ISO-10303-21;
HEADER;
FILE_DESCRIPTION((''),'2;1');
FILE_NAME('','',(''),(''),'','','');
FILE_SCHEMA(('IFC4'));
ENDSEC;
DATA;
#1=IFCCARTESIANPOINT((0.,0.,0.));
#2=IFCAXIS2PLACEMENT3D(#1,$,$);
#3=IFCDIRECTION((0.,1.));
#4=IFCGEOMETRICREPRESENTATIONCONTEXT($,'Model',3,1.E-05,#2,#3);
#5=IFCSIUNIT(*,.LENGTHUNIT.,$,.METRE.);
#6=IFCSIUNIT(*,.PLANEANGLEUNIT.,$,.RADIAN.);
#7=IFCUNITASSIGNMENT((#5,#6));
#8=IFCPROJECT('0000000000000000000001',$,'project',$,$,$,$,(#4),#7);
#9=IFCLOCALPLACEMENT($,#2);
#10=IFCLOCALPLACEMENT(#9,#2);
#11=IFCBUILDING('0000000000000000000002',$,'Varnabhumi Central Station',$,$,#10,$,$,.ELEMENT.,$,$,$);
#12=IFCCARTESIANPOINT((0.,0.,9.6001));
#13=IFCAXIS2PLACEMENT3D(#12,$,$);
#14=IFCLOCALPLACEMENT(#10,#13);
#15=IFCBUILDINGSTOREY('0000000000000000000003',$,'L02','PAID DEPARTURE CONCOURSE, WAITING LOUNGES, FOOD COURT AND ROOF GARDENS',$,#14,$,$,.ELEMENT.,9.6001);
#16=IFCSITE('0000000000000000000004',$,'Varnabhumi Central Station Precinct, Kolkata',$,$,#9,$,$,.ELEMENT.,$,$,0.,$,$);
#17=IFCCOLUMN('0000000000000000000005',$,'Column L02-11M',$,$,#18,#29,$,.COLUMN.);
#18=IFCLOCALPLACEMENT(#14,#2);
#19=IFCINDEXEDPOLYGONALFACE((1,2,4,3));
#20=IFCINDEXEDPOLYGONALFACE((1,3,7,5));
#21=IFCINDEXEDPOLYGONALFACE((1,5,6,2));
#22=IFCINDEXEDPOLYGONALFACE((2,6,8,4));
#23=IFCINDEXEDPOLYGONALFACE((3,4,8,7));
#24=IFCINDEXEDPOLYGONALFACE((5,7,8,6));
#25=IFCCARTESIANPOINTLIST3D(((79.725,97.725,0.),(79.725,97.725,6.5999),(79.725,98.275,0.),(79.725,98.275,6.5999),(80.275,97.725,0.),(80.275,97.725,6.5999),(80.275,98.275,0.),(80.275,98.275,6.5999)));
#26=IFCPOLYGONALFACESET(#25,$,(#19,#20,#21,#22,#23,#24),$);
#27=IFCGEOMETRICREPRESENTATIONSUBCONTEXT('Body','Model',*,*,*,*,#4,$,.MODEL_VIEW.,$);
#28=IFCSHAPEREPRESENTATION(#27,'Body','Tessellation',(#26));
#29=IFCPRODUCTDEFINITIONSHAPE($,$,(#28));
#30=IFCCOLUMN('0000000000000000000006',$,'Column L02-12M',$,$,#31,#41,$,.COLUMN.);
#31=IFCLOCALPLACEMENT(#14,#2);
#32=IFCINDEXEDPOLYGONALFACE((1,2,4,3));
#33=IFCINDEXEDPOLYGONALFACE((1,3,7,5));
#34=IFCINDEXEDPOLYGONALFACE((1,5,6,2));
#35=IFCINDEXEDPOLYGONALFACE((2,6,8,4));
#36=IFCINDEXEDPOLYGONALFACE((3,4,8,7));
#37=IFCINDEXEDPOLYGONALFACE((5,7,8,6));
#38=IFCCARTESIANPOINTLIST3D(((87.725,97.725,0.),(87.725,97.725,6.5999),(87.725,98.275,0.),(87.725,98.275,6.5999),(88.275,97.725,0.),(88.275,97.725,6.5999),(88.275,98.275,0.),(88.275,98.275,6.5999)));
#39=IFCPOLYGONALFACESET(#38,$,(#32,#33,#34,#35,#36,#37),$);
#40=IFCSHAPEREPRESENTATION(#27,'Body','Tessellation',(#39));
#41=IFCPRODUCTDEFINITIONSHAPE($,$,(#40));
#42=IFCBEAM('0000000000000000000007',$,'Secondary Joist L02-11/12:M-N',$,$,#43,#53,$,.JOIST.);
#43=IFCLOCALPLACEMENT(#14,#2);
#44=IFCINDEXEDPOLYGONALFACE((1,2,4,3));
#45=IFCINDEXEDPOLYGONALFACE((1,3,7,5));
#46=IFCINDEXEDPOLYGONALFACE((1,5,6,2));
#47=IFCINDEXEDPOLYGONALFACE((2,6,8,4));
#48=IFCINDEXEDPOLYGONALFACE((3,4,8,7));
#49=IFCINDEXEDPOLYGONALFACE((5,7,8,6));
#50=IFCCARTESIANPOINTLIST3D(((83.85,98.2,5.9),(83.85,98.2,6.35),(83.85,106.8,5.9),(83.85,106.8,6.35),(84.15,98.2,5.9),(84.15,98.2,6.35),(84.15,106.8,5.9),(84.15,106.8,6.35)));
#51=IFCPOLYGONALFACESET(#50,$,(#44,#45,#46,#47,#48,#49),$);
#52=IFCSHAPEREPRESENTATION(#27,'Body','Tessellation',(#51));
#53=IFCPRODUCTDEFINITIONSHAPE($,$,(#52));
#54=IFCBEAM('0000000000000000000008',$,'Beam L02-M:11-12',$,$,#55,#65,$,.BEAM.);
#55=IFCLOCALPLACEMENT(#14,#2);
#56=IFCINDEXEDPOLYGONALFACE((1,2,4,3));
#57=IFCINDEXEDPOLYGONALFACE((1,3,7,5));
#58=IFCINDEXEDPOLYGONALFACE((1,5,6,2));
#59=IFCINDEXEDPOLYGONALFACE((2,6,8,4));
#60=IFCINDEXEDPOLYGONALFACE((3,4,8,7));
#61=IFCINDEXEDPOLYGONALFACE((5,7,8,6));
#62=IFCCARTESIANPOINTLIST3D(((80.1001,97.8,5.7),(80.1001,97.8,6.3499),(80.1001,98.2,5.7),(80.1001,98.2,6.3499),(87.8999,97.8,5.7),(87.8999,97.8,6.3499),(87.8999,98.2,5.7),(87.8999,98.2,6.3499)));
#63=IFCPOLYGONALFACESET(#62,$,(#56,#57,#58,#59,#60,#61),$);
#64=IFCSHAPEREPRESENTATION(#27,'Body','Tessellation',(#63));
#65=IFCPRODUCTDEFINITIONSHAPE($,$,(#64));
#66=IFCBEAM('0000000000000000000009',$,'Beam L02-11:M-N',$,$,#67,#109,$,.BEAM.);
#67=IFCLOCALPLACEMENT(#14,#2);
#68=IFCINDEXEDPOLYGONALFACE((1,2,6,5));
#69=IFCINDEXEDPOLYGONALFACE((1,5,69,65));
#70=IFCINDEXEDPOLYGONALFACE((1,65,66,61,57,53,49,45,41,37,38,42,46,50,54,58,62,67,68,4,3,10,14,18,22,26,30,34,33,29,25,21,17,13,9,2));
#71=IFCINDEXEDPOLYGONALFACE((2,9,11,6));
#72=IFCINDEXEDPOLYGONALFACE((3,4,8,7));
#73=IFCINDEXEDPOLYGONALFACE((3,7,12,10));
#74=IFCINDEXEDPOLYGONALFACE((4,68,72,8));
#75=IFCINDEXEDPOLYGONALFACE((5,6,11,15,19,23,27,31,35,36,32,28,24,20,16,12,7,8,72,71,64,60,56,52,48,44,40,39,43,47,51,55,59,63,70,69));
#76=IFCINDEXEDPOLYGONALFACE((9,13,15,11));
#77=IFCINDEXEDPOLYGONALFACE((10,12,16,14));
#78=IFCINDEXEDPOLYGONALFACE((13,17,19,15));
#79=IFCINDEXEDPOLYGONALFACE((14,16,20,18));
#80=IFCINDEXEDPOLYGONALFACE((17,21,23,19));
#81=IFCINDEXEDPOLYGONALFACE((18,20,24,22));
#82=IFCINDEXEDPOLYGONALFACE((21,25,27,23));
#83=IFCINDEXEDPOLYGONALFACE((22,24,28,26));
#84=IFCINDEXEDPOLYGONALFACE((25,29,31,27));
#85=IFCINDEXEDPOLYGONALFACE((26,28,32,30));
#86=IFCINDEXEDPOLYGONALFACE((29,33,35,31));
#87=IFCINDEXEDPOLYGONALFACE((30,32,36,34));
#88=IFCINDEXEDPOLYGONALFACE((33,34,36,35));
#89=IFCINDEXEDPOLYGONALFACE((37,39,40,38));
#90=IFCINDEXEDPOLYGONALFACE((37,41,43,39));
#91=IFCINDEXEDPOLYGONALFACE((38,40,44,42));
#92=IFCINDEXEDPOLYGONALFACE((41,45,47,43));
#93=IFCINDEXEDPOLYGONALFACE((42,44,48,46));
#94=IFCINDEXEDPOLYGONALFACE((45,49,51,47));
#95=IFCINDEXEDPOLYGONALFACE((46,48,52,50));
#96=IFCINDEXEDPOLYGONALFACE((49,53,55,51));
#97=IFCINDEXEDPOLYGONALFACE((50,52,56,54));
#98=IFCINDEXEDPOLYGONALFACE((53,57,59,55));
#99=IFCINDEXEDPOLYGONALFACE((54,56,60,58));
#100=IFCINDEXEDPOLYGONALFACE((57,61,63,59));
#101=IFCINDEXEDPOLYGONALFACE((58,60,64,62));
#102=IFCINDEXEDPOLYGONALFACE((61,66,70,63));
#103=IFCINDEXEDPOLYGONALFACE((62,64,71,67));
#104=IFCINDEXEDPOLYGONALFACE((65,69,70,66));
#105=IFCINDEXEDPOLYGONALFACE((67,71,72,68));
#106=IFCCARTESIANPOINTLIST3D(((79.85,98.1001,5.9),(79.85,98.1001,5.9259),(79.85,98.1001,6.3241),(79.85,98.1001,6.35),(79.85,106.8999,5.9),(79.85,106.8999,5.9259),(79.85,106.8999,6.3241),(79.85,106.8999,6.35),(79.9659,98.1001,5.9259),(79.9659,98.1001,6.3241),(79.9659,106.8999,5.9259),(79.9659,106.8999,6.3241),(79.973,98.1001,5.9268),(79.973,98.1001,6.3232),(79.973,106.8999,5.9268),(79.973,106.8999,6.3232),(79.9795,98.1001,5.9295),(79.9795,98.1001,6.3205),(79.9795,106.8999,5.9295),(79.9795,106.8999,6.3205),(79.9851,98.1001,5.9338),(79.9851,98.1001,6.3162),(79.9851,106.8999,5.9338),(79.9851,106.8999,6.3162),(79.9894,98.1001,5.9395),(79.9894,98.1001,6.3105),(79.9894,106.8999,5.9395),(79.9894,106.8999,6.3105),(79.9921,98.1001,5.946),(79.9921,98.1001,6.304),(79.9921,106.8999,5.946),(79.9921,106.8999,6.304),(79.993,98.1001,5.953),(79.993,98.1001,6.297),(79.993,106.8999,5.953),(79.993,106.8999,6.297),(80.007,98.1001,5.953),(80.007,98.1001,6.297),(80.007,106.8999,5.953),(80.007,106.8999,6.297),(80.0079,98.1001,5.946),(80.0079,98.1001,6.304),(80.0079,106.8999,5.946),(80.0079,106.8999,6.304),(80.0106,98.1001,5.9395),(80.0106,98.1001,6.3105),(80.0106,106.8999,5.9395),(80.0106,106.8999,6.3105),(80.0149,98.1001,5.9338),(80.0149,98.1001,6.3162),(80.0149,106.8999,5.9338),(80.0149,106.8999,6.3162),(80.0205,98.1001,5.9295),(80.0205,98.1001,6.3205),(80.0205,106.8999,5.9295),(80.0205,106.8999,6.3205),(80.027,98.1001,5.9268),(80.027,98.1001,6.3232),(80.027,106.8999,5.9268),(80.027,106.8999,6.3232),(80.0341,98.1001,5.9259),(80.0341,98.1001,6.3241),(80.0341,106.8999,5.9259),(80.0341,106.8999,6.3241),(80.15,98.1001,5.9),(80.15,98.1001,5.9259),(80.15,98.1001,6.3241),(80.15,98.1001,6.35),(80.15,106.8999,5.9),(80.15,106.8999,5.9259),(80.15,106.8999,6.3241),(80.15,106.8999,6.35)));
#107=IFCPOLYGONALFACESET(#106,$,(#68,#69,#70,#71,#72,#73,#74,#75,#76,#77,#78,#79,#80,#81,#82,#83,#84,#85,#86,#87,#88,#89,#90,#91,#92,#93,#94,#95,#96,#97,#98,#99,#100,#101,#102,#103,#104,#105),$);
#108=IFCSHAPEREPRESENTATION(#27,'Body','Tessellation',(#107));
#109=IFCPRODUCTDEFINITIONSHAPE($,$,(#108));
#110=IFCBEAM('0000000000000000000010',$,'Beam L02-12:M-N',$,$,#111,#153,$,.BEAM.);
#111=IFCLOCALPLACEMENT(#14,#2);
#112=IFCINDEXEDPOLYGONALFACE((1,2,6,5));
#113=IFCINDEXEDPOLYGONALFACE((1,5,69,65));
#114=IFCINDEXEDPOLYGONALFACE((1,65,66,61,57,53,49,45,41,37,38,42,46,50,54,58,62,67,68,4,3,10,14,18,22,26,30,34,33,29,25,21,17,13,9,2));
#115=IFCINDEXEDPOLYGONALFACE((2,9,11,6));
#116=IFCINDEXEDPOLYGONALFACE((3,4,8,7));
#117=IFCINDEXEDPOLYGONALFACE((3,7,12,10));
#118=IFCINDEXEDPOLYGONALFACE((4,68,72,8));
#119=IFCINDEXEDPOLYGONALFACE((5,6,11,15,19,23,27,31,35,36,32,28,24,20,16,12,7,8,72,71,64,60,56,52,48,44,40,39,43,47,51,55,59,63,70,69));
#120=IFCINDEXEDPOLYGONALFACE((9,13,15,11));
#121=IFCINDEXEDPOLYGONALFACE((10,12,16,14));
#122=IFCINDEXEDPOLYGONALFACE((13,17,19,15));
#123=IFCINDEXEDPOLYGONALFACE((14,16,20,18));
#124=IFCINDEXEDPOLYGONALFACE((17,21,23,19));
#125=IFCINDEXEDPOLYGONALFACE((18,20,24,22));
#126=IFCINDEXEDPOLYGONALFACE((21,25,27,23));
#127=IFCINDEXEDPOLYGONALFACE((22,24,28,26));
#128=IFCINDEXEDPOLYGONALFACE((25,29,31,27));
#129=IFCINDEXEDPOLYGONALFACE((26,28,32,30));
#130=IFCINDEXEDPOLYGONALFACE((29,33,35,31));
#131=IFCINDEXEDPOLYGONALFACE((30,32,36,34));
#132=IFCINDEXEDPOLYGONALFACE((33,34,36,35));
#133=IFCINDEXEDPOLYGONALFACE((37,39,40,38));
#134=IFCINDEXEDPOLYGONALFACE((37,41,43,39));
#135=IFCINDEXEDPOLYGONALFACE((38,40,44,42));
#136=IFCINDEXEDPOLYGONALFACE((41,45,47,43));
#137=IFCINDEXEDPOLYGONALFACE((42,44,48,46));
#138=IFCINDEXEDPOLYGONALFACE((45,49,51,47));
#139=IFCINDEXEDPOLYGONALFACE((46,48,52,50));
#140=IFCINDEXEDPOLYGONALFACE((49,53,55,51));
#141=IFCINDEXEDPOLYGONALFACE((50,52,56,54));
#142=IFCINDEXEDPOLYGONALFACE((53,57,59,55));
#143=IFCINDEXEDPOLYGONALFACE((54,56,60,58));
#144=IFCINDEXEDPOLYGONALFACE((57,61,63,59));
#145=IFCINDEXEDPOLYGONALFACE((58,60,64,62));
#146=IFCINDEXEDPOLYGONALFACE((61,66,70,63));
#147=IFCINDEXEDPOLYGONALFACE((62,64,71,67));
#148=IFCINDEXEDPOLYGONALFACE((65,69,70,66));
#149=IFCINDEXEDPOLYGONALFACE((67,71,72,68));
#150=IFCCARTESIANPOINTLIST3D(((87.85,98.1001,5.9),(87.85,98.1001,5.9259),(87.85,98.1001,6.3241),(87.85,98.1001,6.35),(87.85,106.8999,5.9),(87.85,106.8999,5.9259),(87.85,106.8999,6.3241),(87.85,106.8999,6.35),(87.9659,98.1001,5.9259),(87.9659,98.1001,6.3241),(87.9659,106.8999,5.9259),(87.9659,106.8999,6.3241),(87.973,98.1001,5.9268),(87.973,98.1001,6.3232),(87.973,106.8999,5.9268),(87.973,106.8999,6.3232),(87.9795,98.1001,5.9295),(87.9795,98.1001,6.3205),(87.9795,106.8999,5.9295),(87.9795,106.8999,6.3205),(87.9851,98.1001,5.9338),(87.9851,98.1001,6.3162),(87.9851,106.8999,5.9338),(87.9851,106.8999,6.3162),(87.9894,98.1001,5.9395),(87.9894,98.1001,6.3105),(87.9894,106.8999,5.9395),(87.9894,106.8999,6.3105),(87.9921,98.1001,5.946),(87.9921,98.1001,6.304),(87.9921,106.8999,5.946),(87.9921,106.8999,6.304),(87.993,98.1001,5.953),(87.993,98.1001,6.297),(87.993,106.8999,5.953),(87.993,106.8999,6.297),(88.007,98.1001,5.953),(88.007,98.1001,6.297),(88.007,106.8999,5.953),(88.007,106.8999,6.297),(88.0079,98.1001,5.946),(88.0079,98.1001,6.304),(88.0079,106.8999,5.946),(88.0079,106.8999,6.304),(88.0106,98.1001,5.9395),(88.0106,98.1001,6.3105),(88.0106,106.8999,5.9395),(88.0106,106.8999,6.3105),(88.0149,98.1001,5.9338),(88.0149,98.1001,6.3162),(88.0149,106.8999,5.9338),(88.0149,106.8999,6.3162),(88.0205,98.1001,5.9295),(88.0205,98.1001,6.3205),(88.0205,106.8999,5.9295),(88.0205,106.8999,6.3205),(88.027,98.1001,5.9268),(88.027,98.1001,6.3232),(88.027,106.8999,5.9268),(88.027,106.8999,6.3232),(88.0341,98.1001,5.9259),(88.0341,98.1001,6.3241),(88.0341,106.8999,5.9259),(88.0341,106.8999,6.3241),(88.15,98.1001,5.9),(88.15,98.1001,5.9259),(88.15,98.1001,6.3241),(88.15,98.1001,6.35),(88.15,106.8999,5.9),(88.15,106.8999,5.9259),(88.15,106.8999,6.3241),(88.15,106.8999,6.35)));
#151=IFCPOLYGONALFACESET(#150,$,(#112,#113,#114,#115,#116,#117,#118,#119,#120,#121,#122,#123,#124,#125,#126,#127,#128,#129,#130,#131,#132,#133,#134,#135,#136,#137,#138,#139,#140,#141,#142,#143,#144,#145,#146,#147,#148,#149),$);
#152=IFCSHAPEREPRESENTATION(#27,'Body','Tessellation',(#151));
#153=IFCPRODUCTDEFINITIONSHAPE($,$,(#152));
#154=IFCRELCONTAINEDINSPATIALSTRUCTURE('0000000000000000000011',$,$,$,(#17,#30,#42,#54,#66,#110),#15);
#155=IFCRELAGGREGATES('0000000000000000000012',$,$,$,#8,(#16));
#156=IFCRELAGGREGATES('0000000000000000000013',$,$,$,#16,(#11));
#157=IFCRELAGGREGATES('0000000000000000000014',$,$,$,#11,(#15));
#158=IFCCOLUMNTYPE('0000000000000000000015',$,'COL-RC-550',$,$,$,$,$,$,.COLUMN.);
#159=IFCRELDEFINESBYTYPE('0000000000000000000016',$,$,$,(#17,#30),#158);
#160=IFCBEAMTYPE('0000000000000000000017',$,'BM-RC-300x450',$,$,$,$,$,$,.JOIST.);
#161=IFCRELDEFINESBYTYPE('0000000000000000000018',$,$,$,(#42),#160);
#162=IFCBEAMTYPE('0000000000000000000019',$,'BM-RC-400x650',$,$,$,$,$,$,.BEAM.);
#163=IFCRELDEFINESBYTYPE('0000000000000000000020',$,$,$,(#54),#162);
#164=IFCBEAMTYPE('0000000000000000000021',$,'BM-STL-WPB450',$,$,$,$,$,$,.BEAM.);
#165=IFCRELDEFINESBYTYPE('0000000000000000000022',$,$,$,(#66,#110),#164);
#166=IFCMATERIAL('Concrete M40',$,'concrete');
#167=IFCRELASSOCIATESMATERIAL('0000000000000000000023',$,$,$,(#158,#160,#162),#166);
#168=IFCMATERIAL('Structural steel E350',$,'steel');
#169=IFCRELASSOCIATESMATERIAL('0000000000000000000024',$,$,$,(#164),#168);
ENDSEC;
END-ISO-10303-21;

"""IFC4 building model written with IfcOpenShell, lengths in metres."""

from ifc_helpers import new_model, si_unit, direction, frame, origin, origin_2d, place, context, subcontext, project, spatial, rectangle, i_section, extrude, material, material_profile, profile_set, type_object, element, save


model = new_model("IFC4")

# Units and contexts
model_context = context("Model", 3, precision=1e-05, world=origin(), true_north=direction((0.0, 1.0)))
body_context = subcontext(model_context, "Body", "Model", "MODEL_VIEW")
ifc_project = project(units=[si_unit("LENGTHUNIT", "METRE"), si_unit("PLANEANGLEUNIT", "RADIAN")], contexts=[model_context])

# Site, building, storey
site_placement = place(None, origin())
site = spatial("IfcSite", under=ifc_project, at=site_placement, Name="Varnabhumi Central Station Precinct, Kolkata", CompositionType="ELEMENT", RefElevation=0.0)
building_placement = place(site_placement, origin())
building = spatial("IfcBuilding", under=site, at=building_placement, Name="Varnabhumi Central Station", CompositionType="ELEMENT")
storey_placement = place(building_placement, frame((0.0, 0.0, 9.6001)))
storey = spatial("IfcBuildingStorey", under=building, at=storey_placement, Name="L02", Description="PAID DEPARTURE CONCOURSE, WAITING LOUNGES, FOOD COURT AND ROOF GARDENS", CompositionType="ELEMENT", Elevation=9.6001)

# Columns
ifc_material_1 = material(Name="Concrete M40", Category="concrete")
ifc_material_profile_1 = material_profile(ifc_material_1, rectangle(XDim=0.55, YDim=0.55, at=origin_2d()), Name="Concrete M40", Category="concrete")
ifc_profile_set_1 = profile_set([ifc_material_profile_1], Name="Concrete M40")
column_type = type_object("IfcColumnType", Name="COL-RC-550", PredefinedType="COLUMN", material=ifc_profile_set_1)
for number, where, z_axis, x_axis, name in (
    (1, (80.0, 98.0, 0.0), (0.0, 0.0, 1.0), (1.0, 0.0, 0.0), "Column L02-11M"),
    (2, (88.0, 98.0, 0.0), (0.0, 0.0, 1.0), (1.0, 0.0, 0.0), "Column L02-12M"),
):
    element("IfcColumn", number, at=place(storey_placement, frame(where, z_axis=z_axis, x_axis=x_axis)), inside=storey, type_object=column_type, Name=name, PredefinedType="COLUMN", context=body_context, shape_type="SweptSolid", body=[
        extrude(rectangle(XDim=0.55, YDim=0.55, at=origin_2d()), origin(), (0.0, 0.0, 1.0), 6.5999),
    ])

# Beams
ifc_material_profile_2 = material_profile(ifc_material_1, rectangle(XDim=0.3, YDim=0.45, at=origin_2d()), Name="Concrete M40", Category="concrete")
ifc_profile_set_2 = profile_set([ifc_material_profile_2], Name="Concrete M40")
beam_type_1 = type_object("IfcBeamType", Name="BM-RC-300x450", PredefinedType="JOIST", material=ifc_profile_set_2)
beam_1_placement = place(storey_placement, frame((84.0, 98.2, 6.125), z_axis=(0.0, 1.0, 0.0), x_axis=(-1.0, 0.0, 0.0)))
element("IfcBeam", 3, at=beam_1_placement, inside=storey, type_object=beam_type_1, Name="Secondary Joist L02-11/12:M-N", PredefinedType="JOIST", context=body_context, shape_type="SweptSolid", body=[
    extrude(rectangle(XDim=0.3, YDim=0.45, at=origin_2d()), origin(), (0.0, 0.0, 1.0), 8.6001),
])
ifc_material_profile_3 = material_profile(ifc_material_1, rectangle(XDim=0.3999, YDim=0.6499, at=origin_2d()), Name="Concrete M40", Category="concrete")
ifc_profile_set_3 = profile_set([ifc_material_profile_3], Name="Concrete M40")
beam_type_2 = type_object("IfcBeamType", Name="BM-RC-400x650", PredefinedType="BEAM", material=ifc_profile_set_3)
beam_2_placement = place(storey_placement, frame((80.1001, 98.0, 6.0249), z_axis=(1.0, 0.0, 0.0), x_axis=(0.0, 1.0, 0.0)))
element("IfcBeam", 4, at=beam_2_placement, inside=storey, type_object=beam_type_2, Name="Beam L02-M:11-12", PredefinedType="BEAM", context=body_context, shape_type="SweptSolid", body=[
    extrude(rectangle(XDim=0.3999, YDim=0.6499, at=origin_2d()), origin(), (0.0, 0.0, 1.0), 7.7998),
])
ifc_material_2 = material(Name="Structural steel E350", Category="steel")
ifc_material_profile_4 = material_profile(ifc_material_2, i_section(OverallWidth=0.3, OverallDepth=0.45, WebThickness=0.0139, FlangeThickness=0.0259, FilletRadius=0.0271, at=origin_2d()), Name="Structural steel E350", Category="steel")
ifc_profile_set_4 = profile_set([ifc_material_profile_4], Name="Structural steel E350")
beam_type_3 = type_object("IfcBeamType", Name="BM-STL-WPB450", PredefinedType="BEAM", material=ifc_profile_set_4)
for number, where, z_axis, x_axis, name in (
    (5, (80.0, 98.1001, 6.125), (0.0, 1.0, 0.0), (-1.0, 0.0, 0.0), "Beam L02-11:M-N"),
    (6, (88.0, 98.1001, 6.125), (0.0, 1.0, 0.0), (-1.0, 0.0, 0.0), "Beam L02-12:M-N"),
):
    element("IfcBeam", number, at=place(storey_placement, frame(where, z_axis=z_axis, x_axis=x_axis)), inside=storey, type_object=beam_type_3, Name=name, PredefinedType="BEAM", context=body_context, shape_type="SweptSolid", body=[
        extrude(i_section(OverallWidth=0.3, OverallDepth=0.45, WebThickness=0.0139, FlangeThickness=0.0259, FilletRadius=0.0271, at=origin_2d()), origin(), (0.0, 0.0, 1.0), 8.7998),
    ])

save(model, "model.ifc")
